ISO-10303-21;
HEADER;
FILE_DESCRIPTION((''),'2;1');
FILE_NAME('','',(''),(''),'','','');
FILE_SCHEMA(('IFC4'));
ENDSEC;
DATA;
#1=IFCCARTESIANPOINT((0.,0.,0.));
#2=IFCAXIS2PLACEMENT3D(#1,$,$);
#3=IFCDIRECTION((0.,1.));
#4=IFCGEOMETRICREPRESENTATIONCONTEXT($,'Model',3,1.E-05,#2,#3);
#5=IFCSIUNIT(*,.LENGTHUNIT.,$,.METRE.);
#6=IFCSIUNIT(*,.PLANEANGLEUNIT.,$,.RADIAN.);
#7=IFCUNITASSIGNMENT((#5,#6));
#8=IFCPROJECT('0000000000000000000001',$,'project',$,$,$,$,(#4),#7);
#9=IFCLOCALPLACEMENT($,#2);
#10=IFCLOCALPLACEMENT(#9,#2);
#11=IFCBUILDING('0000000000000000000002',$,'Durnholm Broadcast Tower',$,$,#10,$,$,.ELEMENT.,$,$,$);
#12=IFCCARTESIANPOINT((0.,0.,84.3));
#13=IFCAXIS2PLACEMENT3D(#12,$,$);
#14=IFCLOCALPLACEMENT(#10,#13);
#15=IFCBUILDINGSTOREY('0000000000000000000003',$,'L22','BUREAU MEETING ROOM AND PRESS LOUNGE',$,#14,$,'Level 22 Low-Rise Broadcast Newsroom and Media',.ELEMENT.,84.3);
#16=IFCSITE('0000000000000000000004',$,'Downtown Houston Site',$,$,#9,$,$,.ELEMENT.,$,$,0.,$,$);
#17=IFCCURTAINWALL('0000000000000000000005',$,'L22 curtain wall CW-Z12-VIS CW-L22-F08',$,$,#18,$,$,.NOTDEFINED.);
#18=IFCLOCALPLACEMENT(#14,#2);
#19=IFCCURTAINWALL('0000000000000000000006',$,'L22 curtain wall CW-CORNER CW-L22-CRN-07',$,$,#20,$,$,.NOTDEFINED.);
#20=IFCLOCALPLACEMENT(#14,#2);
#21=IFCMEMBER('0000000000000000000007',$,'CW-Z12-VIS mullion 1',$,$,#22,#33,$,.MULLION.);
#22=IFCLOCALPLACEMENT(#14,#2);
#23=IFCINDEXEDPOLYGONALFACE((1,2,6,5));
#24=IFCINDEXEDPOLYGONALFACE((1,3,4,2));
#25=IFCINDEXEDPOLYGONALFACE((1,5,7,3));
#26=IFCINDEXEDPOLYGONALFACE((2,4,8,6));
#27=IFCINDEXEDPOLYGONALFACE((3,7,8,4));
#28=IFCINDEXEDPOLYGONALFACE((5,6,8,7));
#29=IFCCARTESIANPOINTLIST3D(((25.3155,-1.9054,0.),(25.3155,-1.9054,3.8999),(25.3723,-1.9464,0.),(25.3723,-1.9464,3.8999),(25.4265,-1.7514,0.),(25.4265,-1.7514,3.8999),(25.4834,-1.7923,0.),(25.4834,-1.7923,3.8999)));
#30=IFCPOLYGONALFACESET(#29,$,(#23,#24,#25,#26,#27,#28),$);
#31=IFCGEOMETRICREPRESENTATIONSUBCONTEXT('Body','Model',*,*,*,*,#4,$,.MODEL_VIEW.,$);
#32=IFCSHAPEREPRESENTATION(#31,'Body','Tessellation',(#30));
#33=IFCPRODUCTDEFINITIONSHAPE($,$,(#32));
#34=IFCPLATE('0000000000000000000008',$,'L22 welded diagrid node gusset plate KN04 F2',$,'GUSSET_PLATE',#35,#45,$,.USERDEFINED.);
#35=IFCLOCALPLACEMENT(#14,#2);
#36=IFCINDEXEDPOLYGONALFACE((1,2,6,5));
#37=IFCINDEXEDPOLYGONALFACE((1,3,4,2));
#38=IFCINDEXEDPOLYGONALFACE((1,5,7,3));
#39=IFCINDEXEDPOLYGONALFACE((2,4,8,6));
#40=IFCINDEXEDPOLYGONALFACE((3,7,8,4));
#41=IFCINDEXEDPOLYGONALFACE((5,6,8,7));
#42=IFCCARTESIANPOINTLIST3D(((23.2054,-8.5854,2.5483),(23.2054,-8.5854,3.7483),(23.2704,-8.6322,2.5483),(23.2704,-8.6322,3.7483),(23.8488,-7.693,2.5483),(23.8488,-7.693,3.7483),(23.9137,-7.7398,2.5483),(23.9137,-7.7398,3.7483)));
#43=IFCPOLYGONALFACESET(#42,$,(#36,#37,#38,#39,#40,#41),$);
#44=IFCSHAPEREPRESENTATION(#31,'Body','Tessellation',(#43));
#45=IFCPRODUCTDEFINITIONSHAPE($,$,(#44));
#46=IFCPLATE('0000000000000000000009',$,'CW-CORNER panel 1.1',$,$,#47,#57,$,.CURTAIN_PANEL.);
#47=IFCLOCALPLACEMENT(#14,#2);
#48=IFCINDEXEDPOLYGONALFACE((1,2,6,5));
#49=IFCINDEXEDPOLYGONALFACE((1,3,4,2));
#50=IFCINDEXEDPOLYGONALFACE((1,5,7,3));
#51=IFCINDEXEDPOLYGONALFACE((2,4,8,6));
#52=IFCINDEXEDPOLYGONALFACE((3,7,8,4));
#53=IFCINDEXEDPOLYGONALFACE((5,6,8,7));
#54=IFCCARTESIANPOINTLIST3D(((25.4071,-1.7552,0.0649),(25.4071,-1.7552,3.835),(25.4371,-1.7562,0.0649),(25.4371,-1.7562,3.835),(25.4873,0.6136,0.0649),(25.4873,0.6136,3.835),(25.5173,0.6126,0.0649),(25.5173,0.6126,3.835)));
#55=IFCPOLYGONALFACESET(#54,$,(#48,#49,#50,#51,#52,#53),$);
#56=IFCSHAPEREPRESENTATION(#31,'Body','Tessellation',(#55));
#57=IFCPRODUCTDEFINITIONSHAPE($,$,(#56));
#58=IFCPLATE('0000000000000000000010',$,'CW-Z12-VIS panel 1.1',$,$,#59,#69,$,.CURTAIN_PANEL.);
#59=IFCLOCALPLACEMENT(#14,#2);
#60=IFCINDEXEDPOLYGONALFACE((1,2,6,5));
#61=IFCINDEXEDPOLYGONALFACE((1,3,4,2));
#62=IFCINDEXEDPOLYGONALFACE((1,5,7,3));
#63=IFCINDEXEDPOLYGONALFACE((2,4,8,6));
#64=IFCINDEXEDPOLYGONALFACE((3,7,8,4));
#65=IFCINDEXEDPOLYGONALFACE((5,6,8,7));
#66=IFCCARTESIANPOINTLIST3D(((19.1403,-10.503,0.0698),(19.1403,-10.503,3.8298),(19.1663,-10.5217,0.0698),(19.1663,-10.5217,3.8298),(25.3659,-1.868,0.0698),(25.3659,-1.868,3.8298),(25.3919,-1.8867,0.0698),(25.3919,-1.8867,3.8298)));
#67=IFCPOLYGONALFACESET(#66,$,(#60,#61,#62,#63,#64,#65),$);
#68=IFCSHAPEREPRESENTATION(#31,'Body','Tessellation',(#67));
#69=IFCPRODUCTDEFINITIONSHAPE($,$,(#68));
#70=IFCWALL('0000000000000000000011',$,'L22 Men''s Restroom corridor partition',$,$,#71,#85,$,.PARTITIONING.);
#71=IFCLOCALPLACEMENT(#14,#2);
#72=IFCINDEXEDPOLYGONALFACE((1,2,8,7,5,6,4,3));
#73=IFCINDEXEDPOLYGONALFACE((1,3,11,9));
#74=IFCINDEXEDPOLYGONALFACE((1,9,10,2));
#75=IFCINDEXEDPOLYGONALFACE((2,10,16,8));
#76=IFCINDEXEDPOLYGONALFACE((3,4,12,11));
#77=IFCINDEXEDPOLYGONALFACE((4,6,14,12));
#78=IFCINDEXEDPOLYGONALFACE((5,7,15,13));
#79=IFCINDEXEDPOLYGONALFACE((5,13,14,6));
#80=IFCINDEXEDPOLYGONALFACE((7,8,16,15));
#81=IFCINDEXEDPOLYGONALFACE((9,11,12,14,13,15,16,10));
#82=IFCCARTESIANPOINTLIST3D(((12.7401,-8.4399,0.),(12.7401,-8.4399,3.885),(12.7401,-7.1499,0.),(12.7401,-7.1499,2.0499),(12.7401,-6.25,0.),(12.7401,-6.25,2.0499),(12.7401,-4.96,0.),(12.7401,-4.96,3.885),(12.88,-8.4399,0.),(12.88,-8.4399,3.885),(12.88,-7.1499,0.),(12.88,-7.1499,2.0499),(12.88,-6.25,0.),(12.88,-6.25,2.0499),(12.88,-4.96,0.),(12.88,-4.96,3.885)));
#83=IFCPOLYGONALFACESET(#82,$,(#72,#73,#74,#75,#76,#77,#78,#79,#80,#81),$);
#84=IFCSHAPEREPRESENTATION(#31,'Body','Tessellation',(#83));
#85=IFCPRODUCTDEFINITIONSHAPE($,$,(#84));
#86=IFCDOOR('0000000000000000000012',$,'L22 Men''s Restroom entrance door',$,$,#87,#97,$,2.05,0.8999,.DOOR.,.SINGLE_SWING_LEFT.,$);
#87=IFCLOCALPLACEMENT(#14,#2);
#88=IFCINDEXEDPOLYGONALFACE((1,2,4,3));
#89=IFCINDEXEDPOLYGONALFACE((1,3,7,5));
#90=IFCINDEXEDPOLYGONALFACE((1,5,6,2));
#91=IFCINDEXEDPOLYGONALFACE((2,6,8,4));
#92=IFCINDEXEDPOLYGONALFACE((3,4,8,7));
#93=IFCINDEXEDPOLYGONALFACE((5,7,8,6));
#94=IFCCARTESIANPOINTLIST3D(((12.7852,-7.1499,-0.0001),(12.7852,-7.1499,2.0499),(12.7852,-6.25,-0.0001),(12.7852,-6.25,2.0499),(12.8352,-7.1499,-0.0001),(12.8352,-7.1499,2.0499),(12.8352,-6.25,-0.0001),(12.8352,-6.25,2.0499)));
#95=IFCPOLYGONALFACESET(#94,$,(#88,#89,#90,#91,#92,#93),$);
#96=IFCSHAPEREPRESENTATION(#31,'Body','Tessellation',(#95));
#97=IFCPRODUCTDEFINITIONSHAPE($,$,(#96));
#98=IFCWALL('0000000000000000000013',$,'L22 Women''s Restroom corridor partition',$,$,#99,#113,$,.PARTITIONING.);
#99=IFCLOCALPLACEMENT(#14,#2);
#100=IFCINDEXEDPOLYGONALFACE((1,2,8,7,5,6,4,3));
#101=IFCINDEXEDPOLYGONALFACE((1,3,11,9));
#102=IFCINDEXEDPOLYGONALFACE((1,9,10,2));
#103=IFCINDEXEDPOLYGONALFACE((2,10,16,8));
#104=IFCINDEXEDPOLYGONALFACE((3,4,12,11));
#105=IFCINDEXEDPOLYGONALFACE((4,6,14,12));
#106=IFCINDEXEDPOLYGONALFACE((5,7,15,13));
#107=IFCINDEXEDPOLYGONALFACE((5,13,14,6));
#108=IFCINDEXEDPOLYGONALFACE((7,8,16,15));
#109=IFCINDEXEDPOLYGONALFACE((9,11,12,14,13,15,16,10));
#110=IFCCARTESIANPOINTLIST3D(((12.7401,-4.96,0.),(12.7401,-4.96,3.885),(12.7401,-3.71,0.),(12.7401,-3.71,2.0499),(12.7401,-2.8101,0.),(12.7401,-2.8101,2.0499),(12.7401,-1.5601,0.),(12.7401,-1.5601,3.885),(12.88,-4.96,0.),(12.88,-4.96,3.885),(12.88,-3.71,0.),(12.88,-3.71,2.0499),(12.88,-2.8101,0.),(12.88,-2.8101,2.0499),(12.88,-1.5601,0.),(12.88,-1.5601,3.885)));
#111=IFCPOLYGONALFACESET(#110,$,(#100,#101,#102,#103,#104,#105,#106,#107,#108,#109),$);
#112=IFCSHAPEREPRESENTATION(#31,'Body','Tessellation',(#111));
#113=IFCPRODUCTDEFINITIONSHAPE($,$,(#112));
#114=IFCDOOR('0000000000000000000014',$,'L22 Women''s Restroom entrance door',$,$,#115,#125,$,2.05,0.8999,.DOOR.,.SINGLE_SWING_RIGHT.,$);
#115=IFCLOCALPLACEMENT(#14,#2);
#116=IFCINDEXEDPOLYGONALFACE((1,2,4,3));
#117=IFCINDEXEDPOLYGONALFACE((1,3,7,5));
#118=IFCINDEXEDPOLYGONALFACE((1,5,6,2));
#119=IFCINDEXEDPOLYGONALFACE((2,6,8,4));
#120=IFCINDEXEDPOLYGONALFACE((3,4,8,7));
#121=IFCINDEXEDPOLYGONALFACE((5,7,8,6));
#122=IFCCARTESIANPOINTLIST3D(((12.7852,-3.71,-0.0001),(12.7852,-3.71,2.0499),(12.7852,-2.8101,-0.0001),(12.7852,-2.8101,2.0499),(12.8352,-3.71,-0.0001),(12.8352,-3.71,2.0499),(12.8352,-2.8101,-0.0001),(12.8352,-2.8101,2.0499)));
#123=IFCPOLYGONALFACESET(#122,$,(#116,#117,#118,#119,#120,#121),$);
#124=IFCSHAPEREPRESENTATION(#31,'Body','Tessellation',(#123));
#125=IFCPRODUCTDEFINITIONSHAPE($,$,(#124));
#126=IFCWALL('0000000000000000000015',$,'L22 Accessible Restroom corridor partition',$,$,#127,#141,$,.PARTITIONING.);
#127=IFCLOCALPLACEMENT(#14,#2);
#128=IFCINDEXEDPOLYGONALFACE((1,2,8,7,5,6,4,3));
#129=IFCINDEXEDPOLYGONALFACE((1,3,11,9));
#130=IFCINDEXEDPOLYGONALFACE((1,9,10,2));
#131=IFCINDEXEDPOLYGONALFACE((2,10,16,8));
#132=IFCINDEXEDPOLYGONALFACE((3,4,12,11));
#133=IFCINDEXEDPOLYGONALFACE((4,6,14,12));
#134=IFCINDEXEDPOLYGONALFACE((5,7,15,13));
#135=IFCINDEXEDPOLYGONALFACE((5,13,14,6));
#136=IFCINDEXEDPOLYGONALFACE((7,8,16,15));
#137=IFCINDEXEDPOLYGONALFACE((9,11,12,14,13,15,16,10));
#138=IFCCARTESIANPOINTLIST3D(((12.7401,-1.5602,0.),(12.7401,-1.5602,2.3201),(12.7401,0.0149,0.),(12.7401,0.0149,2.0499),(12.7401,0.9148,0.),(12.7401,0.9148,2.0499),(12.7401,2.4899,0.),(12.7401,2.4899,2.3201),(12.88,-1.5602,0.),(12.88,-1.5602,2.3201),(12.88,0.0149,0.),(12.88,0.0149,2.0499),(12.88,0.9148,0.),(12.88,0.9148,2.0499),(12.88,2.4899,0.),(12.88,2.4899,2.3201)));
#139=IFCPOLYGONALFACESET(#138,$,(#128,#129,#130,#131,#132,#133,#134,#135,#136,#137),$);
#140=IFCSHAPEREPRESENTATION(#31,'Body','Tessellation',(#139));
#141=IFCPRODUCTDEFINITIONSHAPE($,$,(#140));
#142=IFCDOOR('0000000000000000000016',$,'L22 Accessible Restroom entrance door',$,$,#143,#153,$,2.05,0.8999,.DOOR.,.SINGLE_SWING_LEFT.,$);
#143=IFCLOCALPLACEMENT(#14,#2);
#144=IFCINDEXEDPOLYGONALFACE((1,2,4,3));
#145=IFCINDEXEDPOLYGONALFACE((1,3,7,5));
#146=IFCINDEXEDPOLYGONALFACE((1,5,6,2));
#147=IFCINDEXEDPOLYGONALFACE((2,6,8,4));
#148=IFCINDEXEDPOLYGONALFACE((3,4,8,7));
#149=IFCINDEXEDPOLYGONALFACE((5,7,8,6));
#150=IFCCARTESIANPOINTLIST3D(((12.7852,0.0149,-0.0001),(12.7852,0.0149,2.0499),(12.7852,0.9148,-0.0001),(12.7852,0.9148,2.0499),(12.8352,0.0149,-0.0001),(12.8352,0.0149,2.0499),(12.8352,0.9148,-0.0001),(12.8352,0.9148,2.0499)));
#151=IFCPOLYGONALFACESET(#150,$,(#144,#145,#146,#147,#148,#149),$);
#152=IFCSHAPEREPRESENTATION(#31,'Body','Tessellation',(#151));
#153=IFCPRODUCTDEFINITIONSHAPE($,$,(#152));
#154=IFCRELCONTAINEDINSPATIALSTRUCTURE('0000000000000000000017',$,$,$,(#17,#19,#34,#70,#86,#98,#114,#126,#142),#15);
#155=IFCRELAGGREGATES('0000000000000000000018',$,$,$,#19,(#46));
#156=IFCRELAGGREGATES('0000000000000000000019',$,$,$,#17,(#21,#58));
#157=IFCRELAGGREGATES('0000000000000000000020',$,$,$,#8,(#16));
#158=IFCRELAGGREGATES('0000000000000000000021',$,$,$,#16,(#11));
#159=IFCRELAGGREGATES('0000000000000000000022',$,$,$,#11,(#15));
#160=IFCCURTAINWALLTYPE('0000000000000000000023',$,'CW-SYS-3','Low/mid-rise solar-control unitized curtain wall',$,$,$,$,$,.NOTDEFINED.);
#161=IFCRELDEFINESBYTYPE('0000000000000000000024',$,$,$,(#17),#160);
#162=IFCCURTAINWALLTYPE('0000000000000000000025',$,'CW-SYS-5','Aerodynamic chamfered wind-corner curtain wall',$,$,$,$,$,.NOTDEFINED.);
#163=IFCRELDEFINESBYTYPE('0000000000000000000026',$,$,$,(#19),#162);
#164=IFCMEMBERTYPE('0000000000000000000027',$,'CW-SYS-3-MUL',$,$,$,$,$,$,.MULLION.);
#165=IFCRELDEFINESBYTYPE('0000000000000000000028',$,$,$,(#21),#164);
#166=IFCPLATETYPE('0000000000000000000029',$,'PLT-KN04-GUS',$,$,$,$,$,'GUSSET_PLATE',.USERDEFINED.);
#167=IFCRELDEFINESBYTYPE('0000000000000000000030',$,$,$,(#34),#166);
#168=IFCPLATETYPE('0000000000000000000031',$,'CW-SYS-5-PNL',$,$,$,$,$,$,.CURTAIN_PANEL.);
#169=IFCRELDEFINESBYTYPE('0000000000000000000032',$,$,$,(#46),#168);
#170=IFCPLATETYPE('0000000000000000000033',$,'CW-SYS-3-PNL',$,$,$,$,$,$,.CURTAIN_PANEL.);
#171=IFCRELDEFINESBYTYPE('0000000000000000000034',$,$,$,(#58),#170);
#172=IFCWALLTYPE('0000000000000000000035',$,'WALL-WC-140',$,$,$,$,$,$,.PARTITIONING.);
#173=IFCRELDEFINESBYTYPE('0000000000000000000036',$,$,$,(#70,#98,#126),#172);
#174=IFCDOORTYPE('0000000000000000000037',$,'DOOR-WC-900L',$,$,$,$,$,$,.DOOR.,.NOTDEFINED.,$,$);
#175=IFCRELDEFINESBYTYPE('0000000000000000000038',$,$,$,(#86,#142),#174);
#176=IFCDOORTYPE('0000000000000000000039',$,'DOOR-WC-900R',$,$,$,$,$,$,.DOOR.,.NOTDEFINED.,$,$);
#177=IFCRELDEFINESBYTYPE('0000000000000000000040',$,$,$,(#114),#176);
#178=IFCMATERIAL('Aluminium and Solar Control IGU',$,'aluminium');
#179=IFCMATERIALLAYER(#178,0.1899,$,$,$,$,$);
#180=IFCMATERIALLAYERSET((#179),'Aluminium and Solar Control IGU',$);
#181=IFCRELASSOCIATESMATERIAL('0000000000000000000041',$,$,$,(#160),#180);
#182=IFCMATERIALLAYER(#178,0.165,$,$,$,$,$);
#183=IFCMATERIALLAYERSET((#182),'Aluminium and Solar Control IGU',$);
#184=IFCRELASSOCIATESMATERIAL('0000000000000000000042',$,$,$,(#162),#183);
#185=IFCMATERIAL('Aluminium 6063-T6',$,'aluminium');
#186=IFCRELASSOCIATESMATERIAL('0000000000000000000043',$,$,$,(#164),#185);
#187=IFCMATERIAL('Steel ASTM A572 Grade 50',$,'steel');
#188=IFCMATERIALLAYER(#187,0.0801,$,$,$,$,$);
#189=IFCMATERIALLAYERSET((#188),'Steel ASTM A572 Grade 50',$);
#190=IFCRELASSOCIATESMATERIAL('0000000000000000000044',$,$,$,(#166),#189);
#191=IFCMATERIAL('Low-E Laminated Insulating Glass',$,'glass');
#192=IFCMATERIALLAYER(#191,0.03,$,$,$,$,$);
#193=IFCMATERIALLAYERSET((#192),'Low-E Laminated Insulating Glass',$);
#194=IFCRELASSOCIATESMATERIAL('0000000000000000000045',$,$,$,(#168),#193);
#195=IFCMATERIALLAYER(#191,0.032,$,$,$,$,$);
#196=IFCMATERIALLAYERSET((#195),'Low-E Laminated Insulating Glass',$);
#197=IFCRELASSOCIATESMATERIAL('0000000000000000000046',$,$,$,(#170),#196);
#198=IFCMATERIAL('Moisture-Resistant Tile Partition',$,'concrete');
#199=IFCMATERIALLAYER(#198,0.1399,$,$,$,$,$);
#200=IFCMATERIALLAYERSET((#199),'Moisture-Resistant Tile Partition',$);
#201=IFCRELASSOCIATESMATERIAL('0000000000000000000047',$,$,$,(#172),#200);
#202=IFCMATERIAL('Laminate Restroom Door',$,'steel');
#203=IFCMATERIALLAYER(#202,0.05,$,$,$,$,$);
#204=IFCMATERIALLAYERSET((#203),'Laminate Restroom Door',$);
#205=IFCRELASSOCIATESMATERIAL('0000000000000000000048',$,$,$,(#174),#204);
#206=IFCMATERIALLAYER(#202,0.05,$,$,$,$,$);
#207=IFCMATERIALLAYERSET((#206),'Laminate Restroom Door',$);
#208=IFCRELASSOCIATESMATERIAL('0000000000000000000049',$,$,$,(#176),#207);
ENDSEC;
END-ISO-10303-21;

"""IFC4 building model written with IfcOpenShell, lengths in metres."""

from ifc_helpers import new_model, si_unit, direction, frame, frame_2d, origin, origin_2d, place, context, subcontext, project, spatial, rectangle, extrude, source, transform, mapped, material, layer, layer_set, material_profile, profile_set, type_object, type_shapes, element, fill, aggregate, save


model = new_model("IFC4")

# Units and contexts
model_context = context("Model", 3, precision=1e-05, world=origin(), true_north=direction((0.0, 1.0)))
body_context = subcontext(model_context, "Body", "Model", "MODEL_VIEW")
ifc_project = project(units=[si_unit("LENGTHUNIT", "METRE"), si_unit("PLANEANGLEUNIT", "RADIAN")], contexts=[model_context])

# Site, building, storey
site_placement = place(None, origin())
site = spatial("IfcSite", under=ifc_project, at=site_placement, Name="Downtown Houston Site", CompositionType="ELEMENT", RefElevation=0.0)
building_placement = place(site_placement, origin())
building = spatial("IfcBuilding", under=site, at=building_placement, Name="Durnholm Broadcast Tower", CompositionType="ELEMENT")
storey_placement = place(building_placement, frame((0.0, 0.0, 84.3)))
storey = spatial("IfcBuildingStorey", under=building, at=storey_placement, Name="L22", Description="BUREAU MEETING ROOM AND PRESS LOUNGE", LongName="Level 22 Low-Rise Broadcast Newsroom and Media", CompositionType="ELEMENT", Elevation=84.3)

# Curtain wall
ifc_material_1 = material(Name="Aluminium and Solar Control IGU", Category="aluminium")
ifc_layer_1 = layer(ifc_material_1, 0.1899)
ifc_layer_set_1 = layer_set([ifc_layer_1], Name="Aluminium and Solar Control IGU")
curtain_wall_type_1 = type_object("IfcCurtainWallType", Name="CW-SYS-3", Description="Low/mid-rise solar-control unitized curtain wall", PredefinedType="NOTDEFINED", material=ifc_layer_set_1)
curtain_wall_1_placement = place(storey_placement, origin())
curtain_wall_1 = element("IfcCurtainWall", 1, at=curtain_wall_1_placement, inside=storey, type_object=curtain_wall_type_1, Name="L22 curtain wall CW-Z12-VIS CW-L22-F08", PredefinedType="NOTDEFINED")
ifc_material_2 = material(Name="Aluminium 6063-T6", Category="aluminium")

# Curtain wall
ifc_layer_2 = layer(ifc_material_1, 0.165)
ifc_layer_set_2 = layer_set([ifc_layer_2], Name="Aluminium and Solar Control IGU")
curtain_wall_type_2 = type_object("IfcCurtainWallType", Name="CW-SYS-5", Description="Aerodynamic chamfered wind-corner curtain wall", PredefinedType="NOTDEFINED", material=ifc_layer_set_2)
curtain_wall_2_placement = place(storey_placement, origin())
curtain_wall_2 = element("IfcCurtainWall", 2, at=curtain_wall_2_placement, inside=storey, type_object=curtain_wall_type_2, Name="L22 curtain wall CW-CORNER CW-L22-CRN-07", PredefinedType="NOTDEFINED")

# Member
ifc_material_profile_1 = material_profile(ifc_material_2, rectangle(XDim=0.0701, YDim=0.1899, at=origin_2d()), Name="CWM70X190")
ifc_profile_set_1 = profile_set([ifc_material_profile_1], Name="Aluminium 6063-T6")
member_type_1 = type_object("IfcMemberType", Name="CW-SYS-3-MUL", PredefinedType="MULLION", material=ifc_profile_set_1)
shared_shape_1 = source(origin(), body_context, "Body", "SweptSolid", [
    extrude(rectangle(XDim=0.0701, YDim=0.1899, at=origin_2d()), origin(), (0.0, 0.0, 1.0), 3.8999),
])
type_shapes(member_type_1, [shared_shape_1])
member_1_placement = place(storey_placement, frame((25.3994, -1.8489, 0.0), z_axis=(0.0, 0.0, 1.0), x_axis=(0.811161, -0.584823, 0.0)))
member_1 = element("IfcMember", 3, at=member_1_placement, type_object=member_type_1, Name="CW-Z12-VIS mullion 1", PredefinedType="MULLION", context=body_context, shape_type="MappedRepresentation", body=[
    mapped(shared_shape_1, transform((0.0, 0.0, 0.0), x_axis=(1.0, 0.0, 0.0), y_axis=(0.0, 1.0, 0.0), z_axis=(0.0, 0.0, 1.0), scale=1.0)),
])

# Plates
ifc_material_3 = material(Name="Steel ASTM A572 Grade 50", Category="steel")
ifc_layer_3 = layer(ifc_material_3, 0.0801)
ifc_layer_set_3 = layer_set([ifc_layer_3], Name="Steel ASTM A572 Grade 50")
plate_type_1 = type_object("IfcPlateType", Name="PLT-KN04-GUS", ElementType="GUSSET_PLATE", PredefinedType="USERDEFINED", material=ifc_layer_set_3)
shared_shape_2 = source(origin(), body_context, "Body", "SweptSolid", [
    extrude(rectangle(XDim=1.1001, YDim=0.0801, at=origin_2d()), origin(), (0.0, 0.0, 1.0), 1.2),
])
type_shapes(plate_type_1, [shared_shape_2])
plate_1_placement = place(storey_placement, frame((23.5596, -8.1626, 2.5483), z_axis=(0.0, 0.0, 1.0), x_axis=(0.584816, 0.811166, 0.0)))
element("IfcPlate", 4, at=plate_1_placement, inside=storey, type_object=plate_type_1, Name="L22 welded diagrid node gusset plate KN04 F2", ObjectType="GUSSET_PLATE", PredefinedType="USERDEFINED", context=body_context, shape_type="MappedRepresentation", body=[
    mapped(shared_shape_2, transform((0.0, 0.0, 0.0), x_axis=(1.0, 0.0, 0.0), y_axis=(0.0, 1.0, 0.0), z_axis=(0.0, 0.0, 1.0), scale=1.0)),
])
ifc_material_4 = material(Name="Low-E Laminated Insulating Glass", Category="glass")
ifc_layer_4 = layer(ifc_material_4, 0.03)
ifc_layer_set_4 = layer_set([ifc_layer_4], Name="Low-E Laminated Insulating Glass")
plate_type_2 = type_object("IfcPlateType", Name="CW-SYS-5-PNL", PredefinedType="CURTAIN_PANEL", material=ifc_layer_set_4)
shared_shape_3 = source(origin(), body_context, "Body", "SweptSolid", [
    extrude(rectangle(XDim=2.3701, YDim=0.03, at=origin_2d()), origin(), (0.0, 0.0, 1.0), 3.77),
])
type_shapes(plate_type_2, [shared_shape_3])
plate_2_placement = place(storey_placement, frame((25.4622, -0.5713, 0.0649), z_axis=(0.0, 0.0, 1.0), x_axis=(-0.03384, -0.999427, 0.0)))
plate_2 = element("IfcPlate", 5, at=plate_2_placement, type_object=plate_type_2, Name="CW-CORNER panel 1.1", PredefinedType="CURTAIN_PANEL", context=body_context, shape_type="MappedRepresentation", body=[
    mapped(shared_shape_3, transform((0.0, 0.0, 0.0), x_axis=(1.0, 0.0, 0.0), y_axis=(0.0, 1.0, 0.0), z_axis=(0.0, 0.0, 1.0), scale=1.0)),
])
aggregate(curtain_wall_2, [plate_2])
ifc_layer_5 = layer(ifc_material_4, 0.032)
ifc_layer_set_5 = layer_set([ifc_layer_5], Name="Low-E Laminated Insulating Glass")
plate_type_3 = type_object("IfcPlateType", Name="CW-SYS-3-PNL", PredefinedType="CURTAIN_PANEL", material=ifc_layer_set_5)
shared_shape_4 = source(origin(), body_context, "Body", "SweptSolid", [
    extrude(rectangle(XDim=10.6453, YDim=0.032, at=origin_2d()), origin(), (0.0, 0.0, 1.0), 3.76),
])
type_shapes(plate_type_3, [shared_shape_4])
plate_3_placement = place(storey_placement, frame((22.2661, -6.1948, 0.0698), z_axis=(0.0, 0.0, 1.0), x_axis=(-0.584823, -0.811161, 0.0)))
plate_3 = element("IfcPlate", 6, at=plate_3_placement, type_object=plate_type_3, Name="CW-Z12-VIS panel 1.1", PredefinedType="CURTAIN_PANEL", context=body_context, shape_type="MappedRepresentation", body=[
    mapped(shared_shape_4, transform((0.0, 0.0, 0.0), x_axis=(1.0, 0.0, 0.0), y_axis=(0.0, 1.0, 0.0), z_axis=(0.0, 0.0, 1.0), scale=1.0)),
])
aggregate(curtain_wall_1, [member_1, plate_3])

# Walls, openings, doors
ifc_material_5 = material(Name="Moisture-Resistant Tile Partition", Category="concrete")
ifc_layer_6 = layer(ifc_material_5, 0.1399)
ifc_layer_set_6 = layer_set([ifc_layer_6], Name="Moisture-Resistant Tile Partition")
wall_type = type_object("IfcWallType", Name="WALL-WC-140", PredefinedType="PARTITIONING", material=ifc_layer_set_6)
wall_1_placement = place(storey_placement, frame((12.8101, -8.4399, 0.0), z_axis=(0.0, 0.0, 1.0), x_axis=(0.0, 1.0, 0.0)))
wall_1 = element("IfcWall", 7, at=wall_1_placement, inside=storey, type_object=wall_type, Name="L22 Men's Restroom corridor partition", PredefinedType="PARTITIONING", context=body_context, shape_type="SweptSolid", body=[
    extrude(rectangle(XDim=3.48, YDim=0.1399, at=frame_2d((1.74, 0.0))), origin(), (0.0, 0.0, 1.0), 3.885),
])
opening_1_placement = place(wall_1_placement, frame((1.29, 0.0, 0.0)))
opening_1 = element("IfcOpeningElement", 8, at=opening_1_placement, cuts=wall_1, PredefinedType="OPENING", context=body_context, shape_type="SweptSolid", body=[
    extrude(rectangle(XDim=0.8999, YDim=2.05, at=frame_2d((0.45, 1.0249))), frame((0.0, 0.0801, 0.0), z_axis=(0.0, -1.0, 0.0), x_axis=(1.0, 0.0, 0.0)), (0.0, 0.0, 1.0), 0.1599),
])
ifc_material_6 = material(Name="Laminate Restroom Door", Category="steel")
ifc_layer_7 = layer(ifc_material_6, 0.05)
ifc_layer_set_7 = layer_set([ifc_layer_7], Name="Laminate Restroom Door")
door_type_1 = type_object("IfcDoorType", Name="DOOR-WC-900L", OperationType="NOTDEFINED", PredefinedType="DOOR", material=ifc_layer_set_7)
shared_shape_5 = source(origin(), body_context, "Body", "SweptSolid", [
    extrude(rectangle(XDim=0.8999, YDim=2.05, at=frame_2d((0.45, 1.0249))), frame((0.0, 0.0249, 0.0), z_axis=(0.0, -1.0, 0.0), x_axis=(1.0, 0.0, 0.0)), (0.0, 0.0, 1.0), 0.05),
])
type_shapes(door_type_1, [shared_shape_5])
door_1_placement = place(opening_1_placement, origin())
door_1 = element("IfcDoor", 9, at=door_1_placement, inside=storey, type_object=door_type_1, Name="L22 Men's Restroom entrance door", OperationType="SINGLE_SWING_LEFT", OverallHeight=2.05, OverallWidth=0.8999, PredefinedType="DOOR", context=body_context, shape_type="MappedRepresentation", body=[
    mapped(shared_shape_5, transform((0.0, 0.0, 0.0), x_axis=(1.0, 0.0, 0.0), y_axis=(0.0, 1.0, 0.0), z_axis=(0.0, 0.0, 1.0), scale=1.0)),
])
fill(opening_1, door_1)
wall_2_placement = place(storey_placement, frame((12.8101, -4.96, 0.0), z_axis=(0.0, 0.0, 1.0), x_axis=(0.0, 1.0, 0.0)))
wall_2 = element("IfcWall", 10, at=wall_2_placement, inside=storey, type_object=wall_type, Name="L22 Women's Restroom corridor partition", PredefinedType="PARTITIONING", context=body_context, shape_type="SweptSolid", body=[
    extrude(rectangle(XDim=3.3999, YDim=0.1399, at=frame_2d((1.7, 0.0))), origin(), (0.0, 0.0, 1.0), 3.885),
])
opening_2_placement = place(wall_2_placement, frame((1.25, 0.0, 0.0)))
opening_2 = element("IfcOpeningElement", 11, at=opening_2_placement, cuts=wall_2, PredefinedType="OPENING", context=body_context, shape_type="SweptSolid", body=[
    extrude(rectangle(XDim=0.8999, YDim=2.05, at=frame_2d((0.45, 1.0249))), frame((0.0, 0.0801, 0.0), z_axis=(0.0, -1.0, 0.0), x_axis=(1.0, 0.0, 0.0)), (0.0, 0.0, 1.0), 0.1599),
])
ifc_layer_8 = layer(ifc_material_6, 0.05)
ifc_layer_set_8 = layer_set([ifc_layer_8], Name="Laminate Restroom Door")
door_type_2 = type_object("IfcDoorType", Name="DOOR-WC-900R", OperationType="NOTDEFINED", PredefinedType="DOOR", material=ifc_layer_set_8)
shared_shape_6 = source(origin(), body_context, "Body", "SweptSolid", [
    extrude(rectangle(XDim=0.8999, YDim=2.05, at=frame_2d((0.45, 1.0249))), frame((0.0, 0.0249, 0.0), z_axis=(0.0, -1.0, 0.0), x_axis=(1.0, 0.0, 0.0)), (0.0, 0.0, 1.0), 0.05),
])
type_shapes(door_type_2, [shared_shape_6])
door_2_placement = place(opening_2_placement, origin())
door_2 = element("IfcDoor", 12, at=door_2_placement, inside=storey, type_object=door_type_2, Name="L22 Women's Restroom entrance door", OperationType="SINGLE_SWING_RIGHT", OverallHeight=2.05, OverallWidth=0.8999, PredefinedType="DOOR", context=body_context, shape_type="MappedRepresentation", body=[
    mapped(shared_shape_6, transform((0.0, 0.0, 0.0), x_axis=(1.0, 0.0, 0.0), y_axis=(0.0, 1.0, 0.0), z_axis=(0.0, 0.0, 1.0), scale=1.0)),
])
fill(opening_2, door_2)
wall_3_placement = place(storey_placement, frame((12.8101, -1.5601, 0.0), z_axis=(0.0, 0.0, 1.0), x_axis=(0.0, 1.0, 0.0)))
wall_3 = element("IfcWall", 13, at=wall_3_placement, inside=storey, type_object=wall_type, Name="L22 Accessible Restroom corridor partition", PredefinedType="PARTITIONING", context=body_context, shape_type="SweptSolid", body=[
    extrude(rectangle(XDim=4.05, YDim=0.1399, at=frame_2d((2.0249, 0.0))), origin(), (0.0, 0.0, 1.0), 2.3201),
])
opening_3_placement = place(wall_3_placement, frame((1.575, 0.0, 0.0)))
opening_3 = element("IfcOpeningElement", 14, at=opening_3_placement, cuts=wall_3, PredefinedType="OPENING", context=body_context, shape_type="SweptSolid", body=[
    extrude(rectangle(XDim=0.8999, YDim=2.05, at=frame_2d((0.45, 1.0249))), frame((0.0, 0.0801, 0.0), z_axis=(0.0, -1.0, 0.0), x_axis=(1.0, 0.0, 0.0)), (0.0, 0.0, 1.0), 0.1599),
])
door_3_placement = place(opening_3_placement, origin())
door_3 = element("IfcDoor", 15, at=door_3_placement, inside=storey, type_object=door_type_1, Name="L22 Accessible Restroom entrance door", OperationType="SINGLE_SWING_LEFT", OverallHeight=2.05, OverallWidth=0.8999, PredefinedType="DOOR", context=body_context, shape_type="MappedRepresentation", body=[
    mapped(shared_shape_5, transform((0.0, 0.0, 0.0), x_axis=(1.0, 0.0, 0.0), y_axis=(0.0, 1.0, 0.0), z_axis=(0.0, 0.0, 1.0), scale=1.0)),
])
fill(opening_3, door_3)

save(model, "model.ifc")
